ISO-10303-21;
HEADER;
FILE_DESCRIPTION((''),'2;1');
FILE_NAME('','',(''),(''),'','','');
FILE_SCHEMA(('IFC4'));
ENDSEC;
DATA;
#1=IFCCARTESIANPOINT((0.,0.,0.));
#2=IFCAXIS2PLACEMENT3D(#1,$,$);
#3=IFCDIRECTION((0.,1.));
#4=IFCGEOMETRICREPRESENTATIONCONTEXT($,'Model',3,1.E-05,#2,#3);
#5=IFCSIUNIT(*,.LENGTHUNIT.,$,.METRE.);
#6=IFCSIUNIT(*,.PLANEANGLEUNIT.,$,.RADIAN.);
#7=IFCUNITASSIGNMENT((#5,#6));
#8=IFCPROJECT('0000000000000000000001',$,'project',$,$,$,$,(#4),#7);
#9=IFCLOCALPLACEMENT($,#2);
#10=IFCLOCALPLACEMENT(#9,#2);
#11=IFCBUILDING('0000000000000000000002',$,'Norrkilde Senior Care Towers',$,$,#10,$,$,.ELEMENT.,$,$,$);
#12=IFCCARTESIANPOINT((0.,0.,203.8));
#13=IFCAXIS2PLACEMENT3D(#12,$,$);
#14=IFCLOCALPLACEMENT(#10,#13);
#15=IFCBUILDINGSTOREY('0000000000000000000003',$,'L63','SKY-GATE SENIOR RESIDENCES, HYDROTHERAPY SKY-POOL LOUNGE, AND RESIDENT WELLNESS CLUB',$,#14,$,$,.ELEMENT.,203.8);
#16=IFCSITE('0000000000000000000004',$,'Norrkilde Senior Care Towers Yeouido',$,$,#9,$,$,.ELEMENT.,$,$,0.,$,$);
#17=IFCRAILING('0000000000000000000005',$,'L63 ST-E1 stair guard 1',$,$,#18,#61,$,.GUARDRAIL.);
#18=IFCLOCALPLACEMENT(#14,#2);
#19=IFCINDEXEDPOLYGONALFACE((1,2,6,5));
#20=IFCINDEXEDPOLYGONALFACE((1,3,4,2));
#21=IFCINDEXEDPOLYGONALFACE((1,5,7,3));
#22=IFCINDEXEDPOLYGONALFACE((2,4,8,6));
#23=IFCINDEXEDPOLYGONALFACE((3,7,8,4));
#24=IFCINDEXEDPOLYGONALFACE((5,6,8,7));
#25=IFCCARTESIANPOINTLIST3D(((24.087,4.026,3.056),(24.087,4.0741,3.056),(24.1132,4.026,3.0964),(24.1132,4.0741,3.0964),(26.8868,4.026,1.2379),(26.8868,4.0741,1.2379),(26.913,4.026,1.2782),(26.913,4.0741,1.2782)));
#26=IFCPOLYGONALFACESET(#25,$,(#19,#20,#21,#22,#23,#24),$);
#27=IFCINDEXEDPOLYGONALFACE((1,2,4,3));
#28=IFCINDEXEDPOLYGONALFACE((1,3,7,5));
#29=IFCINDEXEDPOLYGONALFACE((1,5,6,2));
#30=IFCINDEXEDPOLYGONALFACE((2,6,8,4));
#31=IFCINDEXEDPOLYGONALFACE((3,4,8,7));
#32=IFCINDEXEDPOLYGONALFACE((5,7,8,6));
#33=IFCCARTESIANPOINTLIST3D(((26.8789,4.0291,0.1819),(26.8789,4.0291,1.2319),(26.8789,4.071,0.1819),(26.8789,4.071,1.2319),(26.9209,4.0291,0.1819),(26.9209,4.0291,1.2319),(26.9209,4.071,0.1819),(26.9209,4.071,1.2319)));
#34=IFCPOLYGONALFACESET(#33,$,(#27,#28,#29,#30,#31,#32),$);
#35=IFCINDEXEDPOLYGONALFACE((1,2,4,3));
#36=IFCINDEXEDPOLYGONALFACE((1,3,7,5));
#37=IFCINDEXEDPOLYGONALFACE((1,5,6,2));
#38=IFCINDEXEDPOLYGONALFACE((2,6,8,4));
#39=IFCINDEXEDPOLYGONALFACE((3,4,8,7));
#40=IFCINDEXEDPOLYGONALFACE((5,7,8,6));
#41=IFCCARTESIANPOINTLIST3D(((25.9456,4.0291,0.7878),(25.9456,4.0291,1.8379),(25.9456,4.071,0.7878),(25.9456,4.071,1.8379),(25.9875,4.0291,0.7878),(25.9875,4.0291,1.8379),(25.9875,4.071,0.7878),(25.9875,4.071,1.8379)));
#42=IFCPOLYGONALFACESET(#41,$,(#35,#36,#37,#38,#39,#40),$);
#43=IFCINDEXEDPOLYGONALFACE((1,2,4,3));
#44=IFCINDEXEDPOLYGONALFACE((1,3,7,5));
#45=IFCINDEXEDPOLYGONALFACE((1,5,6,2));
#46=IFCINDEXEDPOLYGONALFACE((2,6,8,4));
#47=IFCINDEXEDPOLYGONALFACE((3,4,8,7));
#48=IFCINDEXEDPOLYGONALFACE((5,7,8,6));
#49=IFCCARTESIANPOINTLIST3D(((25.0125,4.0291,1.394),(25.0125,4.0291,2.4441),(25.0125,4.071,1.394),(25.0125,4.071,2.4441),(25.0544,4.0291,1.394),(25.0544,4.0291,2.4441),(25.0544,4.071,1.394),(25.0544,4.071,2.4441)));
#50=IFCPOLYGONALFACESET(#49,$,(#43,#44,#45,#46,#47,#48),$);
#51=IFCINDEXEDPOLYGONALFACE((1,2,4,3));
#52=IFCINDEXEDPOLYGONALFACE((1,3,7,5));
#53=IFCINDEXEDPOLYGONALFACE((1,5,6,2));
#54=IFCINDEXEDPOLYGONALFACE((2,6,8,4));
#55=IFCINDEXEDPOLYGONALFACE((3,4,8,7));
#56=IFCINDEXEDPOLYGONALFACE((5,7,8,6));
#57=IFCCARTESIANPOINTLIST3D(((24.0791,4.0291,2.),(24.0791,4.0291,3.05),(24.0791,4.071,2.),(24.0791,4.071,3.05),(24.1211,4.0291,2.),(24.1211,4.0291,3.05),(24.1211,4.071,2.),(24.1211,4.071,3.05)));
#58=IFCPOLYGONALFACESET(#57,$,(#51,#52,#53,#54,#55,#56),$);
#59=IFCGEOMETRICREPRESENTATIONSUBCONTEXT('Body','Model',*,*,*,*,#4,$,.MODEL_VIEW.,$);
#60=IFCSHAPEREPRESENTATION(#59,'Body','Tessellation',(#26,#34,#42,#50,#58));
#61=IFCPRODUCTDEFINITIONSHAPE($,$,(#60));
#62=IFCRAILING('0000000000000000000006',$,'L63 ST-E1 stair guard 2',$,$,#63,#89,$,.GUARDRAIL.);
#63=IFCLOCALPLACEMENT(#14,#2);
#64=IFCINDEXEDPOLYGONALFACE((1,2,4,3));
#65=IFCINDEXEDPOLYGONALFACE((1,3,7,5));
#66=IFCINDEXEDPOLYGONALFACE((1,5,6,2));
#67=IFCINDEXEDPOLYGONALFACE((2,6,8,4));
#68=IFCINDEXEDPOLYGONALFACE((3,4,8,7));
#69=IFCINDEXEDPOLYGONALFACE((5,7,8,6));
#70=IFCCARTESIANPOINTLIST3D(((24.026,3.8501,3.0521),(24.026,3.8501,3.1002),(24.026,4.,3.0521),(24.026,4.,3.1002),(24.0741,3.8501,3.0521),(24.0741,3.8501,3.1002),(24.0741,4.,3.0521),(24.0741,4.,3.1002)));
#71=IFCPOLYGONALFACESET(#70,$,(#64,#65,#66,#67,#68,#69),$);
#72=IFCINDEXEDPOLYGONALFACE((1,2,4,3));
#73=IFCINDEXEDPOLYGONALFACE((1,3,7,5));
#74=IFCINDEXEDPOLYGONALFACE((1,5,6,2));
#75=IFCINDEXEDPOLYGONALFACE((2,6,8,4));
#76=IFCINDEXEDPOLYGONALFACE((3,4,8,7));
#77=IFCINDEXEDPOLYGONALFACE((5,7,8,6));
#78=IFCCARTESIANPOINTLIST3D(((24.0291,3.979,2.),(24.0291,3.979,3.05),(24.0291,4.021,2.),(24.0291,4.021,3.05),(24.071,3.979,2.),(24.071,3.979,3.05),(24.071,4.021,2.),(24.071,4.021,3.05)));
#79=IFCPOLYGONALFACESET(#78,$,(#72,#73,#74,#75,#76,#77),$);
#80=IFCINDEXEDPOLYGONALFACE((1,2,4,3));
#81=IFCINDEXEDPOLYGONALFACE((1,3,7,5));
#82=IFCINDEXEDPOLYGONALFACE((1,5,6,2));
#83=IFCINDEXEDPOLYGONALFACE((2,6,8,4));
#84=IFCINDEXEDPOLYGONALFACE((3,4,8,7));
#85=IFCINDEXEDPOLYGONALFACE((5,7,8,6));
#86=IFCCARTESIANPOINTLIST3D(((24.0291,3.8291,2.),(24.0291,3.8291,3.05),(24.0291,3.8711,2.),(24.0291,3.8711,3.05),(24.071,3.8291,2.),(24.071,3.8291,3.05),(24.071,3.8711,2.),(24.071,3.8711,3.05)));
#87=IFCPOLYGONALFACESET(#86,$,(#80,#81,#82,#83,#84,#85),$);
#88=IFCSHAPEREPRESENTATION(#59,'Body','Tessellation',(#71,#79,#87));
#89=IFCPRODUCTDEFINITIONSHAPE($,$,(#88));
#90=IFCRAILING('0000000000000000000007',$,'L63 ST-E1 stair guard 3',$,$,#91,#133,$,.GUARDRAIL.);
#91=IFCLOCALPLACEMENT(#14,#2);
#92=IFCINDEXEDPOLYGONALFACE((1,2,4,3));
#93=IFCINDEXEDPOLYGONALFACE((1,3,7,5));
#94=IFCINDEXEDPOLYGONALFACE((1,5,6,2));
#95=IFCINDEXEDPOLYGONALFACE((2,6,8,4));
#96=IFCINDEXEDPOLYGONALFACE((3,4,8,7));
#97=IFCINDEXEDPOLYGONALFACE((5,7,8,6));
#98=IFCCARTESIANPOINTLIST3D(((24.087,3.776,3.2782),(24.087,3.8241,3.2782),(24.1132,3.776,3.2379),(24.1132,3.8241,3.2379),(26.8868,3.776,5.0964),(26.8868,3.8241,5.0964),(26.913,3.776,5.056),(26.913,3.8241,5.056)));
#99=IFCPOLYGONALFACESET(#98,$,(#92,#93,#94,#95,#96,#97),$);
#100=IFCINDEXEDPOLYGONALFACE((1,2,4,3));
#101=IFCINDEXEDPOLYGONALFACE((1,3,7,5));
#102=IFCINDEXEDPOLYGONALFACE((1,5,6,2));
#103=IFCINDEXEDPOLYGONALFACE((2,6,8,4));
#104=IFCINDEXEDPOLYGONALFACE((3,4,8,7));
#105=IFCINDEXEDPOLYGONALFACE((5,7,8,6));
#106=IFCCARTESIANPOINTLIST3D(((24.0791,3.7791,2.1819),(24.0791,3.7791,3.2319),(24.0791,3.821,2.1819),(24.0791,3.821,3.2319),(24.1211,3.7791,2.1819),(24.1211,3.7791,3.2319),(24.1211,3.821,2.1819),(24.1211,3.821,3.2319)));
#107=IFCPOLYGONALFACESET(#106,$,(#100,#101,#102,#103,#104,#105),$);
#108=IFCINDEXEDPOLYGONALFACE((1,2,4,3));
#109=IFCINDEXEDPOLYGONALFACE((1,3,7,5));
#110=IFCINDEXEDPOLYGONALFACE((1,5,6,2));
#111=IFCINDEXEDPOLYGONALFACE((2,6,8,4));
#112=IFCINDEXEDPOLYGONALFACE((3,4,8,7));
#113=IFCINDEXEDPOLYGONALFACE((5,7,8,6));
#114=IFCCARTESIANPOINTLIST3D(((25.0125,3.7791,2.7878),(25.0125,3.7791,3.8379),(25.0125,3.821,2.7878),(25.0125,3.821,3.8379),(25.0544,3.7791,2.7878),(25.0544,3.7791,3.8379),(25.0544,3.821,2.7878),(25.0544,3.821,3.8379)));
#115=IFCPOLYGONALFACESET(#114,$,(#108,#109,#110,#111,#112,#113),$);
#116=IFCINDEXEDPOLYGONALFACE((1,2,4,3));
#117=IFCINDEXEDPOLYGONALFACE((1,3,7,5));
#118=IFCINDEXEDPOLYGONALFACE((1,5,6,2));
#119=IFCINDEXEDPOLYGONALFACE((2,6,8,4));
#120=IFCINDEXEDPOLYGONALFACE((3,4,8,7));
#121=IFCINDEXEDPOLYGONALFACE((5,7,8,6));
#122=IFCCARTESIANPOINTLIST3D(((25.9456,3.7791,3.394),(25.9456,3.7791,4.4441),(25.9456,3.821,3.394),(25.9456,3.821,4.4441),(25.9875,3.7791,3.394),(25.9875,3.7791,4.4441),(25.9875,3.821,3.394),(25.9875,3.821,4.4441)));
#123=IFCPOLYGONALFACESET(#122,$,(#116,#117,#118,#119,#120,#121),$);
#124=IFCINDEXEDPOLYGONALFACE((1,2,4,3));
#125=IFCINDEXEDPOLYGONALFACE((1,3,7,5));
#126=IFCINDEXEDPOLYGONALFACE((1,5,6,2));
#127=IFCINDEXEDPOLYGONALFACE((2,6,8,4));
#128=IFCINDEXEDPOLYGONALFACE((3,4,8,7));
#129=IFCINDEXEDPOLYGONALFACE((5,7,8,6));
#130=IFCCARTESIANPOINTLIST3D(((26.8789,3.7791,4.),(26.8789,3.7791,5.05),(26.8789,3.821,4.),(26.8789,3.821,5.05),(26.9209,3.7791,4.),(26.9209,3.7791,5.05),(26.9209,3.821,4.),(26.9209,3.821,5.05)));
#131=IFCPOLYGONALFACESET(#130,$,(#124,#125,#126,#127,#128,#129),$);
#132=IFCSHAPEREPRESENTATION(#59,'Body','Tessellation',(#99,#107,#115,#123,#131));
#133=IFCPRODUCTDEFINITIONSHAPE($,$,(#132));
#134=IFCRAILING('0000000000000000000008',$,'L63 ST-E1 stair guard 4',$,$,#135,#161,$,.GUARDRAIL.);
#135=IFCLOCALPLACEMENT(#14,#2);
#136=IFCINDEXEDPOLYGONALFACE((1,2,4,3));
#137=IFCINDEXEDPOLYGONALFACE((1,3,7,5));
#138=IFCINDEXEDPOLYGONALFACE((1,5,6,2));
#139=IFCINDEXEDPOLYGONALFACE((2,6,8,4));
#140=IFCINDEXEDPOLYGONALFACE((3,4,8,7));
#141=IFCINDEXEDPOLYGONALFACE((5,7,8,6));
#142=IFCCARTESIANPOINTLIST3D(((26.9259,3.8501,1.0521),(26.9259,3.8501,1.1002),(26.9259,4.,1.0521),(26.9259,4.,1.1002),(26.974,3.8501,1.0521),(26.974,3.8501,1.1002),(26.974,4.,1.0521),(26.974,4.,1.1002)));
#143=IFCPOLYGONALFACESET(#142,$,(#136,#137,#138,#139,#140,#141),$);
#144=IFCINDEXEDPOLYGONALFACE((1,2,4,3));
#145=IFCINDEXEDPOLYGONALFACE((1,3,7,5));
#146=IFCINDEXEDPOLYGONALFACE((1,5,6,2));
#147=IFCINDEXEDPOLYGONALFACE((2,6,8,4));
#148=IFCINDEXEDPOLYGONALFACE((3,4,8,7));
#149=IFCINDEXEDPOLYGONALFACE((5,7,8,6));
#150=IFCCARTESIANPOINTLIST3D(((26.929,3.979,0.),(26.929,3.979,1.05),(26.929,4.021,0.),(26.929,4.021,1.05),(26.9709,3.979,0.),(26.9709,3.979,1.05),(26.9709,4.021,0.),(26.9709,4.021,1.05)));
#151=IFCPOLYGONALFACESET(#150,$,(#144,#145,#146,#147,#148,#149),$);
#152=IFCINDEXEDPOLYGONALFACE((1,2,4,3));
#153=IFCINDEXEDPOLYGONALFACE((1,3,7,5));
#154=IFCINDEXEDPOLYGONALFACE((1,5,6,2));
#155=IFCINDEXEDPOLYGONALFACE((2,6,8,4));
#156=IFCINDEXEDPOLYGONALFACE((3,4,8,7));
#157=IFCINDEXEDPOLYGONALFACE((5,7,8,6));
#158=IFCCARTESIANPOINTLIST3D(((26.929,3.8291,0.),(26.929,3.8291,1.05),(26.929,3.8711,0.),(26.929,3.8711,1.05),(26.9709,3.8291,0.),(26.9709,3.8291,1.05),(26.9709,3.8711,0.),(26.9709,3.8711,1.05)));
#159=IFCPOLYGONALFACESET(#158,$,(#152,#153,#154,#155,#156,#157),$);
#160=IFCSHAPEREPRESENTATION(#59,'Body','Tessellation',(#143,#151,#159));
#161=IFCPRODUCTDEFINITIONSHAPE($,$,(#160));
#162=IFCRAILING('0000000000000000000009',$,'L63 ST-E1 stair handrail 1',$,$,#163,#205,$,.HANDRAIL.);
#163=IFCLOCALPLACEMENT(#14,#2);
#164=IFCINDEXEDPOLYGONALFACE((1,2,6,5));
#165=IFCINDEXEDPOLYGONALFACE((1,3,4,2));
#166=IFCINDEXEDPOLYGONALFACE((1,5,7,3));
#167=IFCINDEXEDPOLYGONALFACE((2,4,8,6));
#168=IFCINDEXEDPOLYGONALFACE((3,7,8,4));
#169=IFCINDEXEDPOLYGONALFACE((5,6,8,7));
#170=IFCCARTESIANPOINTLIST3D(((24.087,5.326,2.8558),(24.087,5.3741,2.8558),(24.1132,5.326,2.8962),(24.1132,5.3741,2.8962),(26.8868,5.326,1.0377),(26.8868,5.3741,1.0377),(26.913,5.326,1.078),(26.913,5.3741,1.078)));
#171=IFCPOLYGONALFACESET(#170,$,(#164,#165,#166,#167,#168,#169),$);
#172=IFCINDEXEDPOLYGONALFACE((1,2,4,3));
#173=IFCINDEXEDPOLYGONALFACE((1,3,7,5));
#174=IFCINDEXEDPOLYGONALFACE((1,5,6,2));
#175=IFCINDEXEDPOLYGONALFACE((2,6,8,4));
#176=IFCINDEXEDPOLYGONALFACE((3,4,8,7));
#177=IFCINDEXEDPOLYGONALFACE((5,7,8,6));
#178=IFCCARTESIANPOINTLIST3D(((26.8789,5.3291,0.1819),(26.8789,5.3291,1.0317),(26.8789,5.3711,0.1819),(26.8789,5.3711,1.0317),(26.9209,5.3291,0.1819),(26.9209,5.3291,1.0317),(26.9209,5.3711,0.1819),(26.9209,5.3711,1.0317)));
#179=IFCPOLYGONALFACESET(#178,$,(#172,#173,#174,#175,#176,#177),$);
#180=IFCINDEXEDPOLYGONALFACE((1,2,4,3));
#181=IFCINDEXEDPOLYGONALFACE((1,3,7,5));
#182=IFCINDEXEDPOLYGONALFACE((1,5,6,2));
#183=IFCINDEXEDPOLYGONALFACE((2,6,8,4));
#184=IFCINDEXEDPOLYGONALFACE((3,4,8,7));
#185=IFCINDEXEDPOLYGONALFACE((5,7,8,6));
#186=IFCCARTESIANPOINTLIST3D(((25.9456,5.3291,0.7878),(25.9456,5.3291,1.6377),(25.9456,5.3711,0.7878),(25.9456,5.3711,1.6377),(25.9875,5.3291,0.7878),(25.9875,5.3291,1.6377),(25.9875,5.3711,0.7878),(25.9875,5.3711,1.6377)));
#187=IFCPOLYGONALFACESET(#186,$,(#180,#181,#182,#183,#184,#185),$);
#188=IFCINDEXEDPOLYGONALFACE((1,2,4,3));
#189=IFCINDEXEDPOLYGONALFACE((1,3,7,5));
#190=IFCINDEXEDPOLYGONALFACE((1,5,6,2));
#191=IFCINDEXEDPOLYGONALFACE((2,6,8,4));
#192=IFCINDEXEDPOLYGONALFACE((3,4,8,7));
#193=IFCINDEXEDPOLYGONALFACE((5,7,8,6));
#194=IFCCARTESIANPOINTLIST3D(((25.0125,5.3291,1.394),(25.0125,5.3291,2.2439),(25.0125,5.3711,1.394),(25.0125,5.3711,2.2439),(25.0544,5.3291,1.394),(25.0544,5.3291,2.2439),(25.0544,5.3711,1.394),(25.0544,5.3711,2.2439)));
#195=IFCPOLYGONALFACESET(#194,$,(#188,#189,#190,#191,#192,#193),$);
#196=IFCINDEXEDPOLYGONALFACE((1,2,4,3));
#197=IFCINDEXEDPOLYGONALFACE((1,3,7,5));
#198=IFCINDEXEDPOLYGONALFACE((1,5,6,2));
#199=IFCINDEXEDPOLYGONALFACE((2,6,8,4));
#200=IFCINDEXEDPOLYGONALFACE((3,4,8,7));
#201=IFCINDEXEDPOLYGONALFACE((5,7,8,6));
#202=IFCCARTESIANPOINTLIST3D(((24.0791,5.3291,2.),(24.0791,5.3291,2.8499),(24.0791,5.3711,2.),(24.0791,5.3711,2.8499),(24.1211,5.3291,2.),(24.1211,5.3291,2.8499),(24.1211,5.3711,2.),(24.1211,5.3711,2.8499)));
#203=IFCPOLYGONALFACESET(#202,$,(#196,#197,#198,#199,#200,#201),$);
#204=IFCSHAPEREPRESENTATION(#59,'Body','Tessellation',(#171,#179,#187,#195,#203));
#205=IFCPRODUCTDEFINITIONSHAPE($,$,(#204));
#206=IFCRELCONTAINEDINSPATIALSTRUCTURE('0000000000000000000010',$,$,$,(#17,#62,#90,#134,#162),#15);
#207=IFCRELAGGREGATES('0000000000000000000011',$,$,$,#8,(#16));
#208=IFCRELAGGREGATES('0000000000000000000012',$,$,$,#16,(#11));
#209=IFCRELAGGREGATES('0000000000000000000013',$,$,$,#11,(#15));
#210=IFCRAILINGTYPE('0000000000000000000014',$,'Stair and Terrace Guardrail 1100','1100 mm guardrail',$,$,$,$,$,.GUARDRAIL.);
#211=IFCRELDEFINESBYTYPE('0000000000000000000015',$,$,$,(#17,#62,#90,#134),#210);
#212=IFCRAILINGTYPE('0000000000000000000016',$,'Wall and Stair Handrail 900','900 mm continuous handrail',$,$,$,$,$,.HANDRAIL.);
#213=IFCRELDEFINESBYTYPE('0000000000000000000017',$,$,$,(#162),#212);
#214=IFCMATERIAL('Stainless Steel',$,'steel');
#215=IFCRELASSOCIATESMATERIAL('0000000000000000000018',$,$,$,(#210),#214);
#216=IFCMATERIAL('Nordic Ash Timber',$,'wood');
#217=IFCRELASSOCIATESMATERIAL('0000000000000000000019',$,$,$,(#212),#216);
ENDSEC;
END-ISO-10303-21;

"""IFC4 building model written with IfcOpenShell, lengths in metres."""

from ifc_helpers import new_model, si_unit, direction, frame, origin, origin_2d, place, context, subcontext, project, spatial, rectangle, extrude, material, type_object, element, save


model = new_model("IFC4")

# Units and contexts
model_context = context("Model", 3, precision=1e-05, world=origin(), true_north=direction((0.0, 1.0)))
body_context = subcontext(model_context, "Body", "Model", "MODEL_VIEW")
ifc_project = project(units=[si_unit("LENGTHUNIT", "METRE"), si_unit("PLANEANGLEUNIT", "RADIAN")], contexts=[model_context])

# Site, building, storey
site_placement = place(None, origin())
site = spatial("IfcSite", under=ifc_project, at=site_placement, Name="Norrkilde Senior Care Towers Yeouido", CompositionType="ELEMENT", RefElevation=0.0)
building_placement = place(site_placement, origin())
building = spatial("IfcBuilding", under=site, at=building_placement, Name="Norrkilde Senior Care Towers", CompositionType="ELEMENT")
storey_placement = place(building_placement, frame((0.0, 0.0, 203.8)))
storey = spatial("IfcBuildingStorey", under=building, at=storey_placement, Name="L63", Description="SKY-GATE SENIOR RESIDENCES, HYDROTHERAPY SKY-POOL LOUNGE, AND RESIDENT WELLNESS CLUB", CompositionType="ELEMENT", Elevation=203.8)

# Shared definitions
ifc_material_1 = material(Name="Nordic Ash Timber", Category="wood")

# Railings
ifc_material_2 = material(Name="Stainless Steel", Category="steel")
railing_type_1 = type_object("IfcRailingType", Name="Stair and Terrace Guardrail 1100", Description="1100 mm guardrail", PredefinedType="GUARDRAIL", material=ifc_material_2)
railing_1_placement = place(storey_placement, frame((26.8999, 4.05, 0.1819)))
element("IfcRailing", 1, at=railing_1_placement, inside=storey, type_object=railing_type_1, Name="L63 ST-E1 stair guard 1", PredefinedType="GUARDRAIL", context=body_context, shape_type="SweptSolid", body=[
    extrude(rectangle(XDim=0.0481, YDim=0.0481, at=origin_2d()), frame((0.0, 0.0, 1.0762), z_axis=(-0.838684, 0.0, 0.544618), x_axis=(0.0, -1.0, 0.0)), (0.0, 0.0, 1.0), 3.3384),
    extrude(rectangle(XDim=0.042, YDim=0.042, at=origin_2d()), origin(), (0.0, 0.0, 1.0), 1.05),
    extrude(rectangle(XDim=0.042, YDim=0.042, at=origin_2d()), frame((-0.9333, 0.0, 0.606)), (0.0, 0.0, 1.0), 1.05),
    extrude(rectangle(XDim=0.042, YDim=0.042, at=origin_2d()), frame((-1.8665, 0.0, 1.2122)), (0.0, 0.0, 1.0), 1.05),
    extrude(rectangle(XDim=0.042, YDim=0.042, at=origin_2d()), frame((-2.7998, 0.0, 1.8181)), (0.0, 0.0, 1.0), 1.05),
])
railing_2_placement = place(storey_placement, frame((24.05, 4.0, 2.0)))
element("IfcRailing", 2, at=railing_2_placement, inside=storey, type_object=railing_type_1, Name="L63 ST-E1 stair guard 2", PredefinedType="GUARDRAIL", context=body_context, shape_type="SweptSolid", body=[
    extrude(rectangle(XDim=0.0481, YDim=0.0481, at=origin_2d()), frame((0.0, 0.0, 1.0762), z_axis=(0.0, -1.0, 0.0), x_axis=(1.0, 0.0, 0.0)), (0.0, 0.0, 1.0), 0.1499),
    extrude(rectangle(XDim=0.042, YDim=0.042, at=origin_2d()), origin(), (0.0, 0.0, 1.0), 1.05),
    extrude(rectangle(XDim=0.042, YDim=0.042, at=origin_2d()), frame((0.0, -0.1499, 0.0)), (0.0, 0.0, 1.0), 1.05),
])
railing_3_placement = place(storey_placement, frame((24.1001, 3.8, 2.1819)))
element("IfcRailing", 3, at=railing_3_placement, inside=storey, type_object=railing_type_1, Name="L63 ST-E1 stair guard 3", PredefinedType="GUARDRAIL", context=body_context, shape_type="SweptSolid", body=[
    extrude(rectangle(XDim=0.0481, YDim=0.0481, at=origin_2d()), frame((0.0, 0.0, 1.0762), z_axis=(0.838684, 0.0, 0.544618), x_axis=(0.0, 1.0, 0.0)), (0.0, 0.0, 1.0), 3.3384),
    extrude(rectangle(XDim=0.042, YDim=0.042, at=origin_2d()), origin(), (0.0, 0.0, 1.0), 1.05),
    extrude(rectangle(XDim=0.042, YDim=0.042, at=origin_2d()), frame((0.9333, 0.0, 0.606)), (0.0, 0.0, 1.0), 1.05),
    extrude(rectangle(XDim=0.042, YDim=0.042, at=origin_2d()), frame((1.8665, 0.0, 1.2122)), (0.0, 0.0, 1.0), 1.05),
    extrude(rectangle(XDim=0.042, YDim=0.042, at=origin_2d()), frame((2.7998, 0.0, 1.8181)), (0.0, 0.0, 1.0), 1.05),
])
railing_4_placement = place(storey_placement, frame((26.95, 4.0, 0.0)))
element("IfcRailing", 4, at=railing_4_placement, inside=storey, type_object=railing_type_1, Name="L63 ST-E1 stair guard 4", PredefinedType="GUARDRAIL", context=body_context, shape_type="SweptSolid", body=[
    extrude(rectangle(XDim=0.0481, YDim=0.0481, at=origin_2d()), frame((0.0, 0.0, 1.0762), z_axis=(0.0, -1.0, 0.0), x_axis=(1.0, 0.0, 0.0)), (0.0, 0.0, 1.0), 0.1499),
    extrude(rectangle(XDim=0.042, YDim=0.042, at=origin_2d()), origin(), (0.0, 0.0, 1.0), 1.05),
    extrude(rectangle(XDim=0.042, YDim=0.042, at=origin_2d()), frame((0.0, -0.1499, 0.0)), (0.0, 0.0, 1.0), 1.05),
])
railing_type_2 = type_object("IfcRailingType", Name="Wall and Stair Handrail 900", Description="900 mm continuous handrail", PredefinedType="HANDRAIL", material=ifc_material_1)
railing_5_placement = place(storey_placement, frame((26.8999, 5.3501, 0.1819)))
element("IfcRailing", 5, at=railing_5_placement, inside=storey, type_object=railing_type_2, Name="L63 ST-E1 stair handrail 1", PredefinedType="HANDRAIL", context=body_context, shape_type="SweptSolid", body=[
    extrude(rectangle(XDim=0.0481, YDim=0.0481, at=origin_2d()), frame((0.0, 0.0, 0.876), z_axis=(-0.838684, 0.0, 0.544618), x_axis=(0.0, -1.0, 0.0)), (0.0, 0.0, 1.0), 3.3384),
    extrude(rectangle(XDim=0.042, YDim=0.042, at=origin_2d()), origin(), (0.0, 0.0, 1.0), 0.8499),
    extrude(rectangle(XDim=0.042, YDim=0.042, at=origin_2d()), frame((-0.9333, 0.0, 0.606)), (0.0, 0.0, 1.0), 0.8499),
    extrude(rectangle(XDim=0.042, YDim=0.042, at=origin_2d()), frame((-1.8665, 0.0, 1.2122)), (0.0, 0.0, 1.0), 0.8499),
    extrude(rectangle(XDim=0.042, YDim=0.042, at=origin_2d()), frame((-2.7998, 0.0, 1.8181)), (0.0, 0.0, 1.0), 0.8499),
])

save(model, "model.ifc")
